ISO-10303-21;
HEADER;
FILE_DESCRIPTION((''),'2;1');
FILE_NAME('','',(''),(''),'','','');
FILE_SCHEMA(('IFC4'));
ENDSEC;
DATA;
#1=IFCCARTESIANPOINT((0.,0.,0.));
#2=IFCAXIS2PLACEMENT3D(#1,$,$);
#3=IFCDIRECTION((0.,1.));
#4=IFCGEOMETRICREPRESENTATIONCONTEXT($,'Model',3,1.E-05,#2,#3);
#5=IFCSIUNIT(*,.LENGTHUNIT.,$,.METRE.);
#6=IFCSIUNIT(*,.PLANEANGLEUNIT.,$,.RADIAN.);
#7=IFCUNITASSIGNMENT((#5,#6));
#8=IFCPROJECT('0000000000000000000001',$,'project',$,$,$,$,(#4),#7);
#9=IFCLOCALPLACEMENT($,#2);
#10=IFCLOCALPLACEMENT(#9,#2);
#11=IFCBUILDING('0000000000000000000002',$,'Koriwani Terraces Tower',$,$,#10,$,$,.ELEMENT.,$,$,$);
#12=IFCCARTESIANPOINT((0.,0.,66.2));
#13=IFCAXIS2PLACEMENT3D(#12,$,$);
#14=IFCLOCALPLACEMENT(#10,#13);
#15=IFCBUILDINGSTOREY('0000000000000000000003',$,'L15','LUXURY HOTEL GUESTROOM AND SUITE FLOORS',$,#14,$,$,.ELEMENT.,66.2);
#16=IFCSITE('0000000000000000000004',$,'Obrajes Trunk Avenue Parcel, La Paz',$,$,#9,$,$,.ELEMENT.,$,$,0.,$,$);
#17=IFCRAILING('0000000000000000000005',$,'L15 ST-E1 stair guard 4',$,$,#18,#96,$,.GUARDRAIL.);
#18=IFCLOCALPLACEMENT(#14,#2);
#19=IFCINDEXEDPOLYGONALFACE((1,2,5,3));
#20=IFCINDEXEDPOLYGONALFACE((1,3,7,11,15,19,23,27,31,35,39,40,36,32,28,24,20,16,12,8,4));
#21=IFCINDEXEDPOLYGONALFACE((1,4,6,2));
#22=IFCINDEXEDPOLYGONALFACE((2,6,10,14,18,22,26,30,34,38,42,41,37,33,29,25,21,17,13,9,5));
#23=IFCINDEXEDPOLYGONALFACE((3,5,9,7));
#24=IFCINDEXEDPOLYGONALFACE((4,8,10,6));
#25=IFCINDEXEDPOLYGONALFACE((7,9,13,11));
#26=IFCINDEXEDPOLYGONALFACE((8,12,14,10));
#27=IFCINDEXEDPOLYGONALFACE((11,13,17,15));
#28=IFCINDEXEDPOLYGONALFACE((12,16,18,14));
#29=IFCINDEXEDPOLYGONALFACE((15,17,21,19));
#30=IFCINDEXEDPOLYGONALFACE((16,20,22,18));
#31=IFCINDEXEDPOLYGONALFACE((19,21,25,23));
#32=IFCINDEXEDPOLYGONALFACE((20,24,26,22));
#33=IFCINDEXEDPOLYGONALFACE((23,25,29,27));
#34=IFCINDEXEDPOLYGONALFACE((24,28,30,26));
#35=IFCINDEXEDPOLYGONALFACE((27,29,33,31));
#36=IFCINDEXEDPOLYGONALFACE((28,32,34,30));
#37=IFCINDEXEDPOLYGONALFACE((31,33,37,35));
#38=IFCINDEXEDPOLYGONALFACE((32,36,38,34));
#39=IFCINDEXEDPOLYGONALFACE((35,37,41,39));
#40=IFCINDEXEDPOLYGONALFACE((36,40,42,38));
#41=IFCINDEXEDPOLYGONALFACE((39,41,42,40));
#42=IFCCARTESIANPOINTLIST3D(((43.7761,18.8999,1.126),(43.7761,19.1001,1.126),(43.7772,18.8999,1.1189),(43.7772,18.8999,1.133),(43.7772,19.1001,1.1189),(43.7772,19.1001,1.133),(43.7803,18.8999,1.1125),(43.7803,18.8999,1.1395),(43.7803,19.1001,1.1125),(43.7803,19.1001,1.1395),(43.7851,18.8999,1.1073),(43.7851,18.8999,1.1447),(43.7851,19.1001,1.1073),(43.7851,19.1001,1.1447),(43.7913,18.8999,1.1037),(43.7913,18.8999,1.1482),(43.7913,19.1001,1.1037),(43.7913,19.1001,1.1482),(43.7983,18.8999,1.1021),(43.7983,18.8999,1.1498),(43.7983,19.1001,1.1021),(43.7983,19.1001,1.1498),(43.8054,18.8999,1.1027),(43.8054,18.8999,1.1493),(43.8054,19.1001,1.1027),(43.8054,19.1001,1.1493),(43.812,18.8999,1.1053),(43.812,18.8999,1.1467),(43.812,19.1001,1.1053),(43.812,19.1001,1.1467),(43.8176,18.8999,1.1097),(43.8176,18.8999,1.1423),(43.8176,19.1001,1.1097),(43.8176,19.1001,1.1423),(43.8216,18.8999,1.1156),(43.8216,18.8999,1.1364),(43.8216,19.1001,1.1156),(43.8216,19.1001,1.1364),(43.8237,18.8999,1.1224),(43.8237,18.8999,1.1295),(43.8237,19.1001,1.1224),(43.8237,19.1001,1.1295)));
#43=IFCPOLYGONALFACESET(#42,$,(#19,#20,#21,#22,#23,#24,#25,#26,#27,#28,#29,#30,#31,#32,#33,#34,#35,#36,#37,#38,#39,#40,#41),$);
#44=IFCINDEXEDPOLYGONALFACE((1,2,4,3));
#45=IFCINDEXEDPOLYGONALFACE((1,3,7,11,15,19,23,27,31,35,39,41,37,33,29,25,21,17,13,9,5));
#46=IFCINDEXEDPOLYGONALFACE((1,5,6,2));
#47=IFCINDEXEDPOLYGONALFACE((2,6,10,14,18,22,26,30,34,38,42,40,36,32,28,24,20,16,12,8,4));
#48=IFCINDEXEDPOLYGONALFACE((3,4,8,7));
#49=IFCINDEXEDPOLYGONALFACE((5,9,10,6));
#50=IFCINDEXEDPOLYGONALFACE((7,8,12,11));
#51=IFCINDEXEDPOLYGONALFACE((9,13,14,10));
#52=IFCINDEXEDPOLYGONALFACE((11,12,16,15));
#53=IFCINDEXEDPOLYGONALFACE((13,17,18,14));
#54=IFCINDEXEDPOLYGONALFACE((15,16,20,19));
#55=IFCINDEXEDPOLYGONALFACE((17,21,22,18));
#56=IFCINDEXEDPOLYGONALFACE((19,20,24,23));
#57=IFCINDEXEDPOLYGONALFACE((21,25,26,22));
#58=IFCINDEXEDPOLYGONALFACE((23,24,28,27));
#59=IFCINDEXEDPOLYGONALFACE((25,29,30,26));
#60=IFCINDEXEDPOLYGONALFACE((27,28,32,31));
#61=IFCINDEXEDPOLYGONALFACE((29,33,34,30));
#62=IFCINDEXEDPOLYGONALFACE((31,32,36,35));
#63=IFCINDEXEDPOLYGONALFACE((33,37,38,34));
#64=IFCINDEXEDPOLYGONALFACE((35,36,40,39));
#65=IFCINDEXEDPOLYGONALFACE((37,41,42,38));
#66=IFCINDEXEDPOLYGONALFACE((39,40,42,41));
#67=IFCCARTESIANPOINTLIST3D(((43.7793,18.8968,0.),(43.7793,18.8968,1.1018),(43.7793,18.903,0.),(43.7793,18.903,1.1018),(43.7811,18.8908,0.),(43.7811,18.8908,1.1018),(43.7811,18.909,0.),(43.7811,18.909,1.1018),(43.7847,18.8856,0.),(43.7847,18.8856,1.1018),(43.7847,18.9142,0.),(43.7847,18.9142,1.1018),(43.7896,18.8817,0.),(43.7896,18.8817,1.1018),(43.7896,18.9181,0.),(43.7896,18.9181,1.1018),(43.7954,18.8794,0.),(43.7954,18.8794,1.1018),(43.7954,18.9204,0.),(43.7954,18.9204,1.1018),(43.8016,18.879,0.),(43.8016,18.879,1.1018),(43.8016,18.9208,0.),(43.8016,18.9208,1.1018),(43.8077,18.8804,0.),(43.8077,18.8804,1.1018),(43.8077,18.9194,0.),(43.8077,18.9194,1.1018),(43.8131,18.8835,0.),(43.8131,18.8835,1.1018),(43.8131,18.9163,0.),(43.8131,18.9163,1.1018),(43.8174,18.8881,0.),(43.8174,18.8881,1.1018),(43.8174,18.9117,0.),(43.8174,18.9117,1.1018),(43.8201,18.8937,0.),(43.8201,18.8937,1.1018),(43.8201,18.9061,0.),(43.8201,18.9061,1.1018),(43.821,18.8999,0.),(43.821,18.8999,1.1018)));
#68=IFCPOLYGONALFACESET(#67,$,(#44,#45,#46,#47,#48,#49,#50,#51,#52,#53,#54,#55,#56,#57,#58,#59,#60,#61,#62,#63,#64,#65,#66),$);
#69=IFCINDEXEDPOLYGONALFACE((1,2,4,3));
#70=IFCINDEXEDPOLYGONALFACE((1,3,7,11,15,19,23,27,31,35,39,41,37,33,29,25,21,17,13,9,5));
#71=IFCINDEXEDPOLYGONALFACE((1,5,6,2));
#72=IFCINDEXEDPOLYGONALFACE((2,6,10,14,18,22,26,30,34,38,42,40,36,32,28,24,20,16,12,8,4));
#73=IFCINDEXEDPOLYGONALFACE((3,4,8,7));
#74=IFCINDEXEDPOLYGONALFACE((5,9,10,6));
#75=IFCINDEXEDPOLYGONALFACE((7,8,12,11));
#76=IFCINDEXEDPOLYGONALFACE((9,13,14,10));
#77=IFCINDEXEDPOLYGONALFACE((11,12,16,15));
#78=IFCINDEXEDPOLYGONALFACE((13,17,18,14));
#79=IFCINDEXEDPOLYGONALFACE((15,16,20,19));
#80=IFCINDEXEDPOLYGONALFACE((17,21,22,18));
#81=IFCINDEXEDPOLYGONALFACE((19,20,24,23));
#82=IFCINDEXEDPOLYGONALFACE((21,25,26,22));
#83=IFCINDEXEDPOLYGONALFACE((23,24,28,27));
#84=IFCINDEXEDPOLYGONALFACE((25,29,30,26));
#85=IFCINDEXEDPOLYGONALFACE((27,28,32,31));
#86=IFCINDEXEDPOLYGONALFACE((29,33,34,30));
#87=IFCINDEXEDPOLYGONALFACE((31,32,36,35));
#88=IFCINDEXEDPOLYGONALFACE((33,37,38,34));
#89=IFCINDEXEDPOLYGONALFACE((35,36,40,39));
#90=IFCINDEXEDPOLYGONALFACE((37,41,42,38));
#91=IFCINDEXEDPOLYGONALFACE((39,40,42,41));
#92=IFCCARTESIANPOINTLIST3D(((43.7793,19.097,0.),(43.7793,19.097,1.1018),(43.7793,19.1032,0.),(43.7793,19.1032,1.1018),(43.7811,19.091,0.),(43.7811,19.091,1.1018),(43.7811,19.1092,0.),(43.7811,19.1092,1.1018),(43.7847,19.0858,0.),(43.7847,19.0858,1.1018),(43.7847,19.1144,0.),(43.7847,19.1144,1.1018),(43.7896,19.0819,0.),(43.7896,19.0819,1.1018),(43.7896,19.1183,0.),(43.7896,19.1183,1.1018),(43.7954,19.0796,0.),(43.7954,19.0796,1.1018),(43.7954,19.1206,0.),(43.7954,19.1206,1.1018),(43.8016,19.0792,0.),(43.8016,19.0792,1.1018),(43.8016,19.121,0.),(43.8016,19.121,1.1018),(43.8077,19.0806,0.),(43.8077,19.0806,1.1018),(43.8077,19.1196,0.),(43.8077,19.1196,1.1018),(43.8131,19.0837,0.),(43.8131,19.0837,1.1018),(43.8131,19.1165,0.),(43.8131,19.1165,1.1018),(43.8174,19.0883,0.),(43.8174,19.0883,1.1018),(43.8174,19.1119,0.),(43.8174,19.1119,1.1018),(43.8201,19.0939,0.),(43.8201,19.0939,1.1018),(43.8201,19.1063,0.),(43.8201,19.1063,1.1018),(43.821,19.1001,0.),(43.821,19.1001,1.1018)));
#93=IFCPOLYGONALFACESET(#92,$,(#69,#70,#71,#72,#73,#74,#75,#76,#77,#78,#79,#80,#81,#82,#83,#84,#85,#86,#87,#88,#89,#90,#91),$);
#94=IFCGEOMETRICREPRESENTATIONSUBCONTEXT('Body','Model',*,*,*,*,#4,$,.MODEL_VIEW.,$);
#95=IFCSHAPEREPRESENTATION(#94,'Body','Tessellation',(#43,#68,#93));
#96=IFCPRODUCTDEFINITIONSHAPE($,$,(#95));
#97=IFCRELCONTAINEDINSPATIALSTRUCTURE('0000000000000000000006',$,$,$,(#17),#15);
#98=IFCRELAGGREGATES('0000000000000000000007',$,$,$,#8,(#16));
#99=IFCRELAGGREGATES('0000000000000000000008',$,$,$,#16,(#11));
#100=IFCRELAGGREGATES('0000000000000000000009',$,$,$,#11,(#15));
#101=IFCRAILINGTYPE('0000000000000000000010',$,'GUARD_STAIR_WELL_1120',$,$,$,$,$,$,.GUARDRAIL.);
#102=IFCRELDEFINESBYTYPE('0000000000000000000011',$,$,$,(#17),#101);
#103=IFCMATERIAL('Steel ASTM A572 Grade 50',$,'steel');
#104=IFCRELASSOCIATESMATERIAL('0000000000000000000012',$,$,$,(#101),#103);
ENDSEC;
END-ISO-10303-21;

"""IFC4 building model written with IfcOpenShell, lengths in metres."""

from ifc_helpers import new_model, si_unit, direction, frame, origin, origin_2d, place, context, subcontext, project, spatial, circle, extrude, material, type_object, element, save


model = new_model("IFC4")

# Units and contexts
model_context = context("Model", 3, precision=1e-05, world=origin(), true_north=direction((0.0, 1.0)))
body_context = subcontext(model_context, "Body", "Model", "MODEL_VIEW")
ifc_project = project(units=[si_unit("LENGTHUNIT", "METRE"), si_unit("PLANEANGLEUNIT", "RADIAN")], contexts=[model_context])

# Site, building, storey
site_placement = place(None, origin())
site = spatial("IfcSite", under=ifc_project, at=site_placement, Name="Obrajes Trunk Avenue Parcel, La Paz", CompositionType="ELEMENT", RefElevation=0.0)
building_placement = place(site_placement, origin())
building = spatial("IfcBuilding", under=site, at=building_placement, Name="Koriwani Terraces Tower", CompositionType="ELEMENT")
storey_placement = place(building_placement, frame((0.0, 0.0, 66.2)))
storey = spatial("IfcBuildingStorey", under=building, at=storey_placement, Name="L15", Description="LUXURY HOTEL GUESTROOM AND SUITE FLOORS", CompositionType="ELEMENT", Elevation=66.2)

# Shared definitions
ifc_material_1 = material(Name="Steel ASTM A572 Grade 50", Category="steel")

# Railing
railing_type_1 = type_object("IfcRailingType", Name="GUARD_STAIR_WELL_1120", PredefinedType="GUARDRAIL", material=ifc_material_1)
railing_1_placement = place(storey_placement, frame((43.8, 18.8999, 0.0)))
element("IfcRailing", 1, at=railing_1_placement, inside=storey, type_object=railing_type_1, Name="L15 ST-E1 stair guard 4", PredefinedType="GUARDRAIL", context=body_context, shape_type="SweptSolid", body=[
    extrude(circle(Radius=0.0239, at=origin_2d()), frame((0.0, 0.0, 1.126), z_axis=(0.0, 1.0, 0.0), x_axis=(-1.0, 0.0, 0.0)), (0.0, 0.0, 1.0), 0.2002),
    extrude(circle(Radius=0.021, at=origin_2d()), origin(), (0.0, 0.0, 1.0), 1.1018),
    extrude(circle(Radius=0.021, at=origin_2d()), frame((0.0, 0.2002, 0.0)), (0.0, 0.0, 1.0), 1.1018),
])

save(model, "model.ifc")
